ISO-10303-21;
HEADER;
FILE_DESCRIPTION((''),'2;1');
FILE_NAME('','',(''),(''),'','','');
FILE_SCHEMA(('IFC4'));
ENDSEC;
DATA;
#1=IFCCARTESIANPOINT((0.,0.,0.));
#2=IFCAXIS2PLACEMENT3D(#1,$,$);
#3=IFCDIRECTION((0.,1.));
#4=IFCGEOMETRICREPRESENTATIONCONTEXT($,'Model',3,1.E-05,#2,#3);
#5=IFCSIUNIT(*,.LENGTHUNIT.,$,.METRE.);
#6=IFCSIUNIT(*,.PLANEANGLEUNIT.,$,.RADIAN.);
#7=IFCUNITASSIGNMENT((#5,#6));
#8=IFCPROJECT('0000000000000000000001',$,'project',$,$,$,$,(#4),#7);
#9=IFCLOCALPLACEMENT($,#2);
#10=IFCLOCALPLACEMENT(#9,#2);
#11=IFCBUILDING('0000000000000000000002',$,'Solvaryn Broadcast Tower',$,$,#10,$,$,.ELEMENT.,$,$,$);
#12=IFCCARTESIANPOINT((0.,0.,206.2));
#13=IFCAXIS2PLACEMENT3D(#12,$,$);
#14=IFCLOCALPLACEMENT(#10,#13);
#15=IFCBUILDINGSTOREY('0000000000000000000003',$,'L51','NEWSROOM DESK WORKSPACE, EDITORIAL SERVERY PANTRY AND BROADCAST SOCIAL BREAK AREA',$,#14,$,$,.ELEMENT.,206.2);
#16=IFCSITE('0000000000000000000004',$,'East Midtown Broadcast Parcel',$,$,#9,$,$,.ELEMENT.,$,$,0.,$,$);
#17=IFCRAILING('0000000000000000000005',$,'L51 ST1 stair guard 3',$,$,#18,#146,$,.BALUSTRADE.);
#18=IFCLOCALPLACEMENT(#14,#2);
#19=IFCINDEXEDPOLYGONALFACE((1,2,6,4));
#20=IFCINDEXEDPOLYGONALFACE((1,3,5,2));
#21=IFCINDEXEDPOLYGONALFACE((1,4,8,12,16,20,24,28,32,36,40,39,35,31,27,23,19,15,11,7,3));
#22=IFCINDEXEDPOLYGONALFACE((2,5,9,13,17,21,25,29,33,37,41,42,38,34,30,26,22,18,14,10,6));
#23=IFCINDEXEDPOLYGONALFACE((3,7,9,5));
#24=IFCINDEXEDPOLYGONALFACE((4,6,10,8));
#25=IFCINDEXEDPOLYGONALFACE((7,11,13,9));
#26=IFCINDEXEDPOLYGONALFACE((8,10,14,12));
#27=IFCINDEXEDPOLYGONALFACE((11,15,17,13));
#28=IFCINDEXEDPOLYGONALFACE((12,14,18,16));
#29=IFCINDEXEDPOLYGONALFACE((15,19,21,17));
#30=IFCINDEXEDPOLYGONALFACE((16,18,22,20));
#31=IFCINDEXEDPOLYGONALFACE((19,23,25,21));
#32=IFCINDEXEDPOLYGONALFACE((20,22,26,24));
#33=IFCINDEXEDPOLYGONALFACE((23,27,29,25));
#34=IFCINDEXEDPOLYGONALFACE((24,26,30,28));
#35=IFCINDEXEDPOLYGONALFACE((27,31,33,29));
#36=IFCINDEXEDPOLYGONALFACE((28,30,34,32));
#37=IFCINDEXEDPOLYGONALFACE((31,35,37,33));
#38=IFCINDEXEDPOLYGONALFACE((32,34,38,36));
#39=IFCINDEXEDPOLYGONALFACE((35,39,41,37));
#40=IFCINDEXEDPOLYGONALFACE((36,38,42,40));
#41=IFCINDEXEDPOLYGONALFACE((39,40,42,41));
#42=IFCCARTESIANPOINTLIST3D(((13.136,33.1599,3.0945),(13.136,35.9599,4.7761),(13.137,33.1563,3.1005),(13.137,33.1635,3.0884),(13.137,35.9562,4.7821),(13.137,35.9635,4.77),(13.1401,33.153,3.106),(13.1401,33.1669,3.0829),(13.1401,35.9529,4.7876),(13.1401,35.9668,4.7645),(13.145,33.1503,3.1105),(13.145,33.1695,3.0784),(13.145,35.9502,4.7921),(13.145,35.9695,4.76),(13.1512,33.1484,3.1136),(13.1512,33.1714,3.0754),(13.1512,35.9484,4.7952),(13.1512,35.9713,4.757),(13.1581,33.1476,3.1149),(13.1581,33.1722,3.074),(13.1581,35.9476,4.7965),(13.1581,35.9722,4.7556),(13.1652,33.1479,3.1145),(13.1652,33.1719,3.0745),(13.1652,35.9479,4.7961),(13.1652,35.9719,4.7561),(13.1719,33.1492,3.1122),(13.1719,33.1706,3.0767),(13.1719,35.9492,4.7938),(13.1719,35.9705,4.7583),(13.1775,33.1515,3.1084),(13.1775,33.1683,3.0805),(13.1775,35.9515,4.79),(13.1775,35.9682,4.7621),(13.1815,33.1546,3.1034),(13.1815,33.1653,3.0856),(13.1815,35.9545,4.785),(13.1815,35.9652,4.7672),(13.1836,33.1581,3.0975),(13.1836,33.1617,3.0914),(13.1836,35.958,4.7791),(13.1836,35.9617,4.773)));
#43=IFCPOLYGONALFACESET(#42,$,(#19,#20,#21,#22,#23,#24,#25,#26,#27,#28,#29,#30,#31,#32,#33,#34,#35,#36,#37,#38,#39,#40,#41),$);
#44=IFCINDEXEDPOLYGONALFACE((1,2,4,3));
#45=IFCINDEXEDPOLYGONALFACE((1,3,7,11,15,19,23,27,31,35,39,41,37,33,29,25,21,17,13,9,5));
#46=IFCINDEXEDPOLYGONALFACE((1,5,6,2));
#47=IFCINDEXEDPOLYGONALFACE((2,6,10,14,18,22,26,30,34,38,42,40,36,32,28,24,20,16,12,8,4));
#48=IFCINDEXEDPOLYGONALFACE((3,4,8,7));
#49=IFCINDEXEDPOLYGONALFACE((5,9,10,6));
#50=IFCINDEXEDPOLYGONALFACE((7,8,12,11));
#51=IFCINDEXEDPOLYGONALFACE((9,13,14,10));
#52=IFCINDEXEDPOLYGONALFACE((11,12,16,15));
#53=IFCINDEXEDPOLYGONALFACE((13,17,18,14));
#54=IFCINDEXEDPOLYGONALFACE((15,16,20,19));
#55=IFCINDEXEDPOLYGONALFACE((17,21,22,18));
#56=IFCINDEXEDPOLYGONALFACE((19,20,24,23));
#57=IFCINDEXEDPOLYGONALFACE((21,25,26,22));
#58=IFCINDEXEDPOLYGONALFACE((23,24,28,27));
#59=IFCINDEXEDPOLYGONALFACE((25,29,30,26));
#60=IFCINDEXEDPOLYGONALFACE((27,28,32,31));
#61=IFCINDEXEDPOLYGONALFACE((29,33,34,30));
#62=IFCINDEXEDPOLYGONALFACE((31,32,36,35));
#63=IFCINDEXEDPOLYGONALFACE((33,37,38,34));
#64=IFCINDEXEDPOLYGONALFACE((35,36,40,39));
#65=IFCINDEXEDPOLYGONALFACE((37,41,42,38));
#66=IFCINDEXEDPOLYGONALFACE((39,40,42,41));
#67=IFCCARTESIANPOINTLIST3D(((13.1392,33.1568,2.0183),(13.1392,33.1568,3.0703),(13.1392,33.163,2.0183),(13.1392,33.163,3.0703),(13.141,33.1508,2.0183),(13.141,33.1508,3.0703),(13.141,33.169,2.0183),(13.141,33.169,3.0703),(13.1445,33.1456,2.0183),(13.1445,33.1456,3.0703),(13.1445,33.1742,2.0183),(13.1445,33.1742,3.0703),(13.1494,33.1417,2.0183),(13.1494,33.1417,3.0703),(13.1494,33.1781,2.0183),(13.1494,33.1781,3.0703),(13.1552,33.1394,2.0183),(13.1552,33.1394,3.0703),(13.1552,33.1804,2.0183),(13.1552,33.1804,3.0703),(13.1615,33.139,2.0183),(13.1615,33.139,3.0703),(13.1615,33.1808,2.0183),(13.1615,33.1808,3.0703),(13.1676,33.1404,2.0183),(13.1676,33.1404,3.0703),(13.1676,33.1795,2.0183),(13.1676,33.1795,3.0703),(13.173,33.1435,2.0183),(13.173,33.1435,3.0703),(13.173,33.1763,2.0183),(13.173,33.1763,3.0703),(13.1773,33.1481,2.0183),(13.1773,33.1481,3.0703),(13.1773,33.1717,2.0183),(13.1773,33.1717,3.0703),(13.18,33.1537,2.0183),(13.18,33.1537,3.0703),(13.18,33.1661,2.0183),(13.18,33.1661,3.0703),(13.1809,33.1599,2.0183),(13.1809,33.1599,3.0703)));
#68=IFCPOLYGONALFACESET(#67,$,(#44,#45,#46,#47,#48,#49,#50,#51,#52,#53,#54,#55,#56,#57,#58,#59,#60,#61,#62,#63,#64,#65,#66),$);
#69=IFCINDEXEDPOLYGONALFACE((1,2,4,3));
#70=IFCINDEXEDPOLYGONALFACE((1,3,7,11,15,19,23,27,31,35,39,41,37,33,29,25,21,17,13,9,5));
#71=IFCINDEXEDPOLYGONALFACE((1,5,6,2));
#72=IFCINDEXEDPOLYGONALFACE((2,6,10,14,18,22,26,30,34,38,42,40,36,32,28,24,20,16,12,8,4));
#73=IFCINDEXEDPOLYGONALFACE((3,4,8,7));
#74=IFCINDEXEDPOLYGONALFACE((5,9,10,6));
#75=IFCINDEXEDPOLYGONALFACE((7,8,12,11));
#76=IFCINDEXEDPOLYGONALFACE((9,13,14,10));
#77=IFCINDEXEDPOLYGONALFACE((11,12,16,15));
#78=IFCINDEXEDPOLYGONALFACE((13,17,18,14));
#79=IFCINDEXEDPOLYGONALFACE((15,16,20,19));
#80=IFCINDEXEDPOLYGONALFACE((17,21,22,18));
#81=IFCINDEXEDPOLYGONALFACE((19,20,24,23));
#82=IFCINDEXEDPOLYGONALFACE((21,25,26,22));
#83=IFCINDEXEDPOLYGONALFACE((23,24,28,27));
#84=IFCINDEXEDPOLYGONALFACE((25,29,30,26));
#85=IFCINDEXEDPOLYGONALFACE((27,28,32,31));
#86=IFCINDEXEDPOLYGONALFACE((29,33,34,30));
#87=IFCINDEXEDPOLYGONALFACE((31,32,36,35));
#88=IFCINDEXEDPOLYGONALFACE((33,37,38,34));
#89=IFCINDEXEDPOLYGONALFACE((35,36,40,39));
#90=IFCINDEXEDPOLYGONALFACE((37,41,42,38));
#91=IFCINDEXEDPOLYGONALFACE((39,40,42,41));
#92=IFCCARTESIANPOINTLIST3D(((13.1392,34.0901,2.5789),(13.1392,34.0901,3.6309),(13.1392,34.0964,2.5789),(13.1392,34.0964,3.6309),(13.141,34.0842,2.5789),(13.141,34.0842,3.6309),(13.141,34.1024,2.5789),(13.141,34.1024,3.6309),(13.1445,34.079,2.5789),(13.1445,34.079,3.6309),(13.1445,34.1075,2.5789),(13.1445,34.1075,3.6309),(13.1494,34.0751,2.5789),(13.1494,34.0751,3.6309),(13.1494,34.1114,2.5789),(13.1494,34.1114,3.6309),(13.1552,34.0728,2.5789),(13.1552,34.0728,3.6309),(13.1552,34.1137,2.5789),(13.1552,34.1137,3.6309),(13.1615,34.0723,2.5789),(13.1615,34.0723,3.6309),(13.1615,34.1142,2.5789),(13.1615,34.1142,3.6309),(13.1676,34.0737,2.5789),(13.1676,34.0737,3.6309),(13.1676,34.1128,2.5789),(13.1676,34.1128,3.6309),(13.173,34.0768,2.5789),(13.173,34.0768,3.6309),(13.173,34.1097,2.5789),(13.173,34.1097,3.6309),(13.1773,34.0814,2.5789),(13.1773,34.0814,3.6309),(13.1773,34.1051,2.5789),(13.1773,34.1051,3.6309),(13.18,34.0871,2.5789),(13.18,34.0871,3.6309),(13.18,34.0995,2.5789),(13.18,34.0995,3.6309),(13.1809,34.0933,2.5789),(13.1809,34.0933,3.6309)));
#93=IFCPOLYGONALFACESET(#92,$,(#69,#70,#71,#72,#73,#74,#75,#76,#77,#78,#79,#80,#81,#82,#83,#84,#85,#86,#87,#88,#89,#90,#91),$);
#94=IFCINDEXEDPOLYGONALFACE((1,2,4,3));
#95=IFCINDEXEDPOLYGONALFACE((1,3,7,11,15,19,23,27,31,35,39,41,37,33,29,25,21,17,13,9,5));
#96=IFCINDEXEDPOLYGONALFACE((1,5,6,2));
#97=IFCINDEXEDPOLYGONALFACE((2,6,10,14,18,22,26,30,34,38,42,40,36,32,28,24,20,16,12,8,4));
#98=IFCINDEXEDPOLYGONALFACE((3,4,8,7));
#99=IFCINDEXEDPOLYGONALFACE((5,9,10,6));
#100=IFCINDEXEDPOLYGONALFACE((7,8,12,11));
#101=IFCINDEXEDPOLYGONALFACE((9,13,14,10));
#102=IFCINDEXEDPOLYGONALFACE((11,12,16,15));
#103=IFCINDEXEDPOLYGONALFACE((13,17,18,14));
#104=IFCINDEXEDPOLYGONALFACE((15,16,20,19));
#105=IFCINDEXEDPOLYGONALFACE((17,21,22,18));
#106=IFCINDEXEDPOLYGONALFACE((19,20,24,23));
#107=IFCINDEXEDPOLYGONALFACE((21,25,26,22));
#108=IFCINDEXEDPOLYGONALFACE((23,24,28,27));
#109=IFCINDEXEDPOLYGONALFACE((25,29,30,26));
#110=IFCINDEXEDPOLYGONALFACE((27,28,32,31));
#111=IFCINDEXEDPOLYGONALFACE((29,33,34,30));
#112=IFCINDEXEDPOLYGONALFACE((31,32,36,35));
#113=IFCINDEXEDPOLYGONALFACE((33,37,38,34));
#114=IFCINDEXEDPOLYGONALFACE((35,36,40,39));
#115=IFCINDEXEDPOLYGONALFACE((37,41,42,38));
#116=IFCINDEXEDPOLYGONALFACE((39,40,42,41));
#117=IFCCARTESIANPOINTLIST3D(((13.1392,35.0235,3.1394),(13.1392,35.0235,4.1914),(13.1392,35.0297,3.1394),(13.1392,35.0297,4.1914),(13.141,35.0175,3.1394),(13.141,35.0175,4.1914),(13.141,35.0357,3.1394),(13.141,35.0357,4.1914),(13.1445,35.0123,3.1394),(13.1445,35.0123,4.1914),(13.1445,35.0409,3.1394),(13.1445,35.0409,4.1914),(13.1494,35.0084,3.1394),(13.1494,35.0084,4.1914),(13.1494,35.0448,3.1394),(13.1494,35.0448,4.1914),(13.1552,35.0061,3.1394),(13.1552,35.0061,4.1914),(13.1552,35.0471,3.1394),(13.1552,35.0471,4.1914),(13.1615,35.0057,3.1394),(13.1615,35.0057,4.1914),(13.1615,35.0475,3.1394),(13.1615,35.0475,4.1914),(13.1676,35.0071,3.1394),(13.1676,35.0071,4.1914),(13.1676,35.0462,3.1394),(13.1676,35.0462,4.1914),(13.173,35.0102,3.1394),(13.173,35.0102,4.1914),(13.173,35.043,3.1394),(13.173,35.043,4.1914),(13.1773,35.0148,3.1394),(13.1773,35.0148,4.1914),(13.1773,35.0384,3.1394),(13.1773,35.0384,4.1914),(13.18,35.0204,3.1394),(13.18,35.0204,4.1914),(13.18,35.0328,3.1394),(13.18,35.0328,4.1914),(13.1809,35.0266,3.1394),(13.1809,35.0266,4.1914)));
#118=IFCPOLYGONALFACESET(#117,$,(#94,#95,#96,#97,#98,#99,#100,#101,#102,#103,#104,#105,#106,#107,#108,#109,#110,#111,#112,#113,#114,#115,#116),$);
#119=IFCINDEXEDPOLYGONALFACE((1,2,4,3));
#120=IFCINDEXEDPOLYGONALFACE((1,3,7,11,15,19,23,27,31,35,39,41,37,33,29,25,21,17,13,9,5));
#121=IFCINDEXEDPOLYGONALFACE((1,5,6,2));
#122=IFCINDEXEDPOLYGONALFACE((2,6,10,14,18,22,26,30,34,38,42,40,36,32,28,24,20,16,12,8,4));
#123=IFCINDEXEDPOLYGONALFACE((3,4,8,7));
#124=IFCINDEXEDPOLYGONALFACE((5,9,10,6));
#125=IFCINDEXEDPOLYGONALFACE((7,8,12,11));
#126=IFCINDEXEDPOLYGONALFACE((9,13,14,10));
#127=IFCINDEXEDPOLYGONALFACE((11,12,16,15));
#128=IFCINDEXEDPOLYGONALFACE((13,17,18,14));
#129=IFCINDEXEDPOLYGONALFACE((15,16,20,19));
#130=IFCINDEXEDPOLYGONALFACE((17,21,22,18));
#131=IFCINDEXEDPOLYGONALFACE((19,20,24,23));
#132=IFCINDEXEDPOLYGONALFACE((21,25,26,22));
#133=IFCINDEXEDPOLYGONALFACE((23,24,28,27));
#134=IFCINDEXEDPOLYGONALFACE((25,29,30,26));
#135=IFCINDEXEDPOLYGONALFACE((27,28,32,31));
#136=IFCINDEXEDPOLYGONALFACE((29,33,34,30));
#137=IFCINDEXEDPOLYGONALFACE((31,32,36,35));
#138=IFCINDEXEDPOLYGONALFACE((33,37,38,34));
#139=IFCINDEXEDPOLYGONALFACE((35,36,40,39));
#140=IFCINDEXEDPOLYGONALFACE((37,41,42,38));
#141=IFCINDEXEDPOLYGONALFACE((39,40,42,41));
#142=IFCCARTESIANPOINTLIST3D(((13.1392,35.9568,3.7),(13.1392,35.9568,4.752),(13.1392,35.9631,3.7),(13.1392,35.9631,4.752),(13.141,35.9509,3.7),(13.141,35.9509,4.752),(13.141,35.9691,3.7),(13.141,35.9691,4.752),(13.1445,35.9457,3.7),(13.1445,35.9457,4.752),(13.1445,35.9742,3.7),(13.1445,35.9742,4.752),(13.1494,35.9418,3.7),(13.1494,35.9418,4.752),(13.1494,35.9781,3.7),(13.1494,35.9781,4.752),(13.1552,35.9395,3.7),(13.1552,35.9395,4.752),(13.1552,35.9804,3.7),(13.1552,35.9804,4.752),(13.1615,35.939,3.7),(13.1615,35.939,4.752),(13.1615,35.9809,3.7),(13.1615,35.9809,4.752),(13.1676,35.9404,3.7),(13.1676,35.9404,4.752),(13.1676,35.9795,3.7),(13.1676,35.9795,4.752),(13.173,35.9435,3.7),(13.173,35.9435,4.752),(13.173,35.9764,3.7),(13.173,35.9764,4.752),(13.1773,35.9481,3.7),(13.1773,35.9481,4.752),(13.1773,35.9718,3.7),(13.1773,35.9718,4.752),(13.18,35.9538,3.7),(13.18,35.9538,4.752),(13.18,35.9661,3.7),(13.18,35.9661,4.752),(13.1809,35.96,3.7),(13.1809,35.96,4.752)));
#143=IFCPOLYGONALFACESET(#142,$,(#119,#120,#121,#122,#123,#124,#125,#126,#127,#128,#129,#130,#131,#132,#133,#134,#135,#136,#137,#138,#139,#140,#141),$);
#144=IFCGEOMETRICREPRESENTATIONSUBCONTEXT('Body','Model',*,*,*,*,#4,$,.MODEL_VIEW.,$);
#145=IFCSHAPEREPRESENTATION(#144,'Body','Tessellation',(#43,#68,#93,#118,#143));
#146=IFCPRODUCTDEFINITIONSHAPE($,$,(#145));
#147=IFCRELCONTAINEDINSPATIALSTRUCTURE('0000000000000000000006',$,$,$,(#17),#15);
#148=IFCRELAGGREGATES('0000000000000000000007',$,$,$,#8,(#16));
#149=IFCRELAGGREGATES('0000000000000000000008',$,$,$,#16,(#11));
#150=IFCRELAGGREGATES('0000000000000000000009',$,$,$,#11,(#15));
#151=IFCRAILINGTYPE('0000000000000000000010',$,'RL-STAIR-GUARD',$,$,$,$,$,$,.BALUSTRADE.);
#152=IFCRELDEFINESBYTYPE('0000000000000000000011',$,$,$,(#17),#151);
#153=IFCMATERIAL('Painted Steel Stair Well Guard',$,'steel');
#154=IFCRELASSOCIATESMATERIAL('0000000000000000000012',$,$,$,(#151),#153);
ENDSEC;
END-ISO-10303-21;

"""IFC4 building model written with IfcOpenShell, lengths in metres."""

from ifc_helpers import new_model, si_unit, direction, frame, origin, origin_2d, place, context, subcontext, project, spatial, circle, extrude, material, type_object, element, save


model = new_model("IFC4")

# Units and contexts
model_context = context("Model", 3, precision=1e-05, world=origin(), true_north=direction((0.0, 1.0)))
body_context = subcontext(model_context, "Body", "Model", "MODEL_VIEW")
ifc_project = project(units=[si_unit("LENGTHUNIT", "METRE"), si_unit("PLANEANGLEUNIT", "RADIAN")], contexts=[model_context])

# Site, building, storey
site_placement = place(None, origin())
site = spatial("IfcSite", under=ifc_project, at=site_placement, Name="East Midtown Broadcast Parcel", CompositionType="ELEMENT", RefElevation=0.0)
building_placement = place(site_placement, origin())
building = spatial("IfcBuilding", under=site, at=building_placement, Name="Solvaryn Broadcast Tower", CompositionType="ELEMENT")
storey_placement = place(building_placement, frame((0.0, 0.0, 206.2)))
storey = spatial("IfcBuildingStorey", under=building, at=storey_placement, Name="L51", Description="NEWSROOM DESK WORKSPACE, EDITORIAL SERVERY PANTRY AND BROADCAST SOCIAL BREAK AREA", CompositionType="ELEMENT", Elevation=206.2)

# Railing
ifc_material_1 = material(Name="Painted Steel Stair Well Guard", Category="steel")
railing_type_1 = type_object("IfcRailingType", Name="RL-STAIR-GUARD", PredefinedType="BALUSTRADE", material=ifc_material_1)
railing_1_placement = place(storey_placement, frame((13.1599, 33.1599, 2.0183)))
element("IfcRailing", 1, at=railing_1_placement, inside=storey, type_object=railing_type_1, Name="L51 ST1 stair guard 3", PredefinedType="BALUSTRADE", context=body_context, shape_type="SweptSolid", body=[
    extrude(circle(Radius=0.0239, at=origin_2d()), frame((0.0, 0.0, 1.0762), z_axis=(0.0, 0.857275, 0.514858), x_axis=(-1.0, 0.0, 0.0)), (0.0, 0.0, 1.0), 3.2661),
    extrude(circle(Radius=0.021, at=origin_2d()), origin(), (0.0, 0.0, 1.0), 1.052),
    extrude(circle(Radius=0.021, at=origin_2d()), frame((0.0, 0.9333, 0.5605)), (0.0, 0.0, 1.0), 1.052),
    extrude(circle(Radius=0.021, at=origin_2d()), frame((0.0, 1.8667, 1.1211)), (0.0, 0.0, 1.0), 1.052),
    extrude(circle(Radius=0.021, at=origin_2d()), frame((0.0, 2.8, 1.6816)), (0.0, 0.0, 1.0), 1.052),
])

save(model, "model.ifc")
